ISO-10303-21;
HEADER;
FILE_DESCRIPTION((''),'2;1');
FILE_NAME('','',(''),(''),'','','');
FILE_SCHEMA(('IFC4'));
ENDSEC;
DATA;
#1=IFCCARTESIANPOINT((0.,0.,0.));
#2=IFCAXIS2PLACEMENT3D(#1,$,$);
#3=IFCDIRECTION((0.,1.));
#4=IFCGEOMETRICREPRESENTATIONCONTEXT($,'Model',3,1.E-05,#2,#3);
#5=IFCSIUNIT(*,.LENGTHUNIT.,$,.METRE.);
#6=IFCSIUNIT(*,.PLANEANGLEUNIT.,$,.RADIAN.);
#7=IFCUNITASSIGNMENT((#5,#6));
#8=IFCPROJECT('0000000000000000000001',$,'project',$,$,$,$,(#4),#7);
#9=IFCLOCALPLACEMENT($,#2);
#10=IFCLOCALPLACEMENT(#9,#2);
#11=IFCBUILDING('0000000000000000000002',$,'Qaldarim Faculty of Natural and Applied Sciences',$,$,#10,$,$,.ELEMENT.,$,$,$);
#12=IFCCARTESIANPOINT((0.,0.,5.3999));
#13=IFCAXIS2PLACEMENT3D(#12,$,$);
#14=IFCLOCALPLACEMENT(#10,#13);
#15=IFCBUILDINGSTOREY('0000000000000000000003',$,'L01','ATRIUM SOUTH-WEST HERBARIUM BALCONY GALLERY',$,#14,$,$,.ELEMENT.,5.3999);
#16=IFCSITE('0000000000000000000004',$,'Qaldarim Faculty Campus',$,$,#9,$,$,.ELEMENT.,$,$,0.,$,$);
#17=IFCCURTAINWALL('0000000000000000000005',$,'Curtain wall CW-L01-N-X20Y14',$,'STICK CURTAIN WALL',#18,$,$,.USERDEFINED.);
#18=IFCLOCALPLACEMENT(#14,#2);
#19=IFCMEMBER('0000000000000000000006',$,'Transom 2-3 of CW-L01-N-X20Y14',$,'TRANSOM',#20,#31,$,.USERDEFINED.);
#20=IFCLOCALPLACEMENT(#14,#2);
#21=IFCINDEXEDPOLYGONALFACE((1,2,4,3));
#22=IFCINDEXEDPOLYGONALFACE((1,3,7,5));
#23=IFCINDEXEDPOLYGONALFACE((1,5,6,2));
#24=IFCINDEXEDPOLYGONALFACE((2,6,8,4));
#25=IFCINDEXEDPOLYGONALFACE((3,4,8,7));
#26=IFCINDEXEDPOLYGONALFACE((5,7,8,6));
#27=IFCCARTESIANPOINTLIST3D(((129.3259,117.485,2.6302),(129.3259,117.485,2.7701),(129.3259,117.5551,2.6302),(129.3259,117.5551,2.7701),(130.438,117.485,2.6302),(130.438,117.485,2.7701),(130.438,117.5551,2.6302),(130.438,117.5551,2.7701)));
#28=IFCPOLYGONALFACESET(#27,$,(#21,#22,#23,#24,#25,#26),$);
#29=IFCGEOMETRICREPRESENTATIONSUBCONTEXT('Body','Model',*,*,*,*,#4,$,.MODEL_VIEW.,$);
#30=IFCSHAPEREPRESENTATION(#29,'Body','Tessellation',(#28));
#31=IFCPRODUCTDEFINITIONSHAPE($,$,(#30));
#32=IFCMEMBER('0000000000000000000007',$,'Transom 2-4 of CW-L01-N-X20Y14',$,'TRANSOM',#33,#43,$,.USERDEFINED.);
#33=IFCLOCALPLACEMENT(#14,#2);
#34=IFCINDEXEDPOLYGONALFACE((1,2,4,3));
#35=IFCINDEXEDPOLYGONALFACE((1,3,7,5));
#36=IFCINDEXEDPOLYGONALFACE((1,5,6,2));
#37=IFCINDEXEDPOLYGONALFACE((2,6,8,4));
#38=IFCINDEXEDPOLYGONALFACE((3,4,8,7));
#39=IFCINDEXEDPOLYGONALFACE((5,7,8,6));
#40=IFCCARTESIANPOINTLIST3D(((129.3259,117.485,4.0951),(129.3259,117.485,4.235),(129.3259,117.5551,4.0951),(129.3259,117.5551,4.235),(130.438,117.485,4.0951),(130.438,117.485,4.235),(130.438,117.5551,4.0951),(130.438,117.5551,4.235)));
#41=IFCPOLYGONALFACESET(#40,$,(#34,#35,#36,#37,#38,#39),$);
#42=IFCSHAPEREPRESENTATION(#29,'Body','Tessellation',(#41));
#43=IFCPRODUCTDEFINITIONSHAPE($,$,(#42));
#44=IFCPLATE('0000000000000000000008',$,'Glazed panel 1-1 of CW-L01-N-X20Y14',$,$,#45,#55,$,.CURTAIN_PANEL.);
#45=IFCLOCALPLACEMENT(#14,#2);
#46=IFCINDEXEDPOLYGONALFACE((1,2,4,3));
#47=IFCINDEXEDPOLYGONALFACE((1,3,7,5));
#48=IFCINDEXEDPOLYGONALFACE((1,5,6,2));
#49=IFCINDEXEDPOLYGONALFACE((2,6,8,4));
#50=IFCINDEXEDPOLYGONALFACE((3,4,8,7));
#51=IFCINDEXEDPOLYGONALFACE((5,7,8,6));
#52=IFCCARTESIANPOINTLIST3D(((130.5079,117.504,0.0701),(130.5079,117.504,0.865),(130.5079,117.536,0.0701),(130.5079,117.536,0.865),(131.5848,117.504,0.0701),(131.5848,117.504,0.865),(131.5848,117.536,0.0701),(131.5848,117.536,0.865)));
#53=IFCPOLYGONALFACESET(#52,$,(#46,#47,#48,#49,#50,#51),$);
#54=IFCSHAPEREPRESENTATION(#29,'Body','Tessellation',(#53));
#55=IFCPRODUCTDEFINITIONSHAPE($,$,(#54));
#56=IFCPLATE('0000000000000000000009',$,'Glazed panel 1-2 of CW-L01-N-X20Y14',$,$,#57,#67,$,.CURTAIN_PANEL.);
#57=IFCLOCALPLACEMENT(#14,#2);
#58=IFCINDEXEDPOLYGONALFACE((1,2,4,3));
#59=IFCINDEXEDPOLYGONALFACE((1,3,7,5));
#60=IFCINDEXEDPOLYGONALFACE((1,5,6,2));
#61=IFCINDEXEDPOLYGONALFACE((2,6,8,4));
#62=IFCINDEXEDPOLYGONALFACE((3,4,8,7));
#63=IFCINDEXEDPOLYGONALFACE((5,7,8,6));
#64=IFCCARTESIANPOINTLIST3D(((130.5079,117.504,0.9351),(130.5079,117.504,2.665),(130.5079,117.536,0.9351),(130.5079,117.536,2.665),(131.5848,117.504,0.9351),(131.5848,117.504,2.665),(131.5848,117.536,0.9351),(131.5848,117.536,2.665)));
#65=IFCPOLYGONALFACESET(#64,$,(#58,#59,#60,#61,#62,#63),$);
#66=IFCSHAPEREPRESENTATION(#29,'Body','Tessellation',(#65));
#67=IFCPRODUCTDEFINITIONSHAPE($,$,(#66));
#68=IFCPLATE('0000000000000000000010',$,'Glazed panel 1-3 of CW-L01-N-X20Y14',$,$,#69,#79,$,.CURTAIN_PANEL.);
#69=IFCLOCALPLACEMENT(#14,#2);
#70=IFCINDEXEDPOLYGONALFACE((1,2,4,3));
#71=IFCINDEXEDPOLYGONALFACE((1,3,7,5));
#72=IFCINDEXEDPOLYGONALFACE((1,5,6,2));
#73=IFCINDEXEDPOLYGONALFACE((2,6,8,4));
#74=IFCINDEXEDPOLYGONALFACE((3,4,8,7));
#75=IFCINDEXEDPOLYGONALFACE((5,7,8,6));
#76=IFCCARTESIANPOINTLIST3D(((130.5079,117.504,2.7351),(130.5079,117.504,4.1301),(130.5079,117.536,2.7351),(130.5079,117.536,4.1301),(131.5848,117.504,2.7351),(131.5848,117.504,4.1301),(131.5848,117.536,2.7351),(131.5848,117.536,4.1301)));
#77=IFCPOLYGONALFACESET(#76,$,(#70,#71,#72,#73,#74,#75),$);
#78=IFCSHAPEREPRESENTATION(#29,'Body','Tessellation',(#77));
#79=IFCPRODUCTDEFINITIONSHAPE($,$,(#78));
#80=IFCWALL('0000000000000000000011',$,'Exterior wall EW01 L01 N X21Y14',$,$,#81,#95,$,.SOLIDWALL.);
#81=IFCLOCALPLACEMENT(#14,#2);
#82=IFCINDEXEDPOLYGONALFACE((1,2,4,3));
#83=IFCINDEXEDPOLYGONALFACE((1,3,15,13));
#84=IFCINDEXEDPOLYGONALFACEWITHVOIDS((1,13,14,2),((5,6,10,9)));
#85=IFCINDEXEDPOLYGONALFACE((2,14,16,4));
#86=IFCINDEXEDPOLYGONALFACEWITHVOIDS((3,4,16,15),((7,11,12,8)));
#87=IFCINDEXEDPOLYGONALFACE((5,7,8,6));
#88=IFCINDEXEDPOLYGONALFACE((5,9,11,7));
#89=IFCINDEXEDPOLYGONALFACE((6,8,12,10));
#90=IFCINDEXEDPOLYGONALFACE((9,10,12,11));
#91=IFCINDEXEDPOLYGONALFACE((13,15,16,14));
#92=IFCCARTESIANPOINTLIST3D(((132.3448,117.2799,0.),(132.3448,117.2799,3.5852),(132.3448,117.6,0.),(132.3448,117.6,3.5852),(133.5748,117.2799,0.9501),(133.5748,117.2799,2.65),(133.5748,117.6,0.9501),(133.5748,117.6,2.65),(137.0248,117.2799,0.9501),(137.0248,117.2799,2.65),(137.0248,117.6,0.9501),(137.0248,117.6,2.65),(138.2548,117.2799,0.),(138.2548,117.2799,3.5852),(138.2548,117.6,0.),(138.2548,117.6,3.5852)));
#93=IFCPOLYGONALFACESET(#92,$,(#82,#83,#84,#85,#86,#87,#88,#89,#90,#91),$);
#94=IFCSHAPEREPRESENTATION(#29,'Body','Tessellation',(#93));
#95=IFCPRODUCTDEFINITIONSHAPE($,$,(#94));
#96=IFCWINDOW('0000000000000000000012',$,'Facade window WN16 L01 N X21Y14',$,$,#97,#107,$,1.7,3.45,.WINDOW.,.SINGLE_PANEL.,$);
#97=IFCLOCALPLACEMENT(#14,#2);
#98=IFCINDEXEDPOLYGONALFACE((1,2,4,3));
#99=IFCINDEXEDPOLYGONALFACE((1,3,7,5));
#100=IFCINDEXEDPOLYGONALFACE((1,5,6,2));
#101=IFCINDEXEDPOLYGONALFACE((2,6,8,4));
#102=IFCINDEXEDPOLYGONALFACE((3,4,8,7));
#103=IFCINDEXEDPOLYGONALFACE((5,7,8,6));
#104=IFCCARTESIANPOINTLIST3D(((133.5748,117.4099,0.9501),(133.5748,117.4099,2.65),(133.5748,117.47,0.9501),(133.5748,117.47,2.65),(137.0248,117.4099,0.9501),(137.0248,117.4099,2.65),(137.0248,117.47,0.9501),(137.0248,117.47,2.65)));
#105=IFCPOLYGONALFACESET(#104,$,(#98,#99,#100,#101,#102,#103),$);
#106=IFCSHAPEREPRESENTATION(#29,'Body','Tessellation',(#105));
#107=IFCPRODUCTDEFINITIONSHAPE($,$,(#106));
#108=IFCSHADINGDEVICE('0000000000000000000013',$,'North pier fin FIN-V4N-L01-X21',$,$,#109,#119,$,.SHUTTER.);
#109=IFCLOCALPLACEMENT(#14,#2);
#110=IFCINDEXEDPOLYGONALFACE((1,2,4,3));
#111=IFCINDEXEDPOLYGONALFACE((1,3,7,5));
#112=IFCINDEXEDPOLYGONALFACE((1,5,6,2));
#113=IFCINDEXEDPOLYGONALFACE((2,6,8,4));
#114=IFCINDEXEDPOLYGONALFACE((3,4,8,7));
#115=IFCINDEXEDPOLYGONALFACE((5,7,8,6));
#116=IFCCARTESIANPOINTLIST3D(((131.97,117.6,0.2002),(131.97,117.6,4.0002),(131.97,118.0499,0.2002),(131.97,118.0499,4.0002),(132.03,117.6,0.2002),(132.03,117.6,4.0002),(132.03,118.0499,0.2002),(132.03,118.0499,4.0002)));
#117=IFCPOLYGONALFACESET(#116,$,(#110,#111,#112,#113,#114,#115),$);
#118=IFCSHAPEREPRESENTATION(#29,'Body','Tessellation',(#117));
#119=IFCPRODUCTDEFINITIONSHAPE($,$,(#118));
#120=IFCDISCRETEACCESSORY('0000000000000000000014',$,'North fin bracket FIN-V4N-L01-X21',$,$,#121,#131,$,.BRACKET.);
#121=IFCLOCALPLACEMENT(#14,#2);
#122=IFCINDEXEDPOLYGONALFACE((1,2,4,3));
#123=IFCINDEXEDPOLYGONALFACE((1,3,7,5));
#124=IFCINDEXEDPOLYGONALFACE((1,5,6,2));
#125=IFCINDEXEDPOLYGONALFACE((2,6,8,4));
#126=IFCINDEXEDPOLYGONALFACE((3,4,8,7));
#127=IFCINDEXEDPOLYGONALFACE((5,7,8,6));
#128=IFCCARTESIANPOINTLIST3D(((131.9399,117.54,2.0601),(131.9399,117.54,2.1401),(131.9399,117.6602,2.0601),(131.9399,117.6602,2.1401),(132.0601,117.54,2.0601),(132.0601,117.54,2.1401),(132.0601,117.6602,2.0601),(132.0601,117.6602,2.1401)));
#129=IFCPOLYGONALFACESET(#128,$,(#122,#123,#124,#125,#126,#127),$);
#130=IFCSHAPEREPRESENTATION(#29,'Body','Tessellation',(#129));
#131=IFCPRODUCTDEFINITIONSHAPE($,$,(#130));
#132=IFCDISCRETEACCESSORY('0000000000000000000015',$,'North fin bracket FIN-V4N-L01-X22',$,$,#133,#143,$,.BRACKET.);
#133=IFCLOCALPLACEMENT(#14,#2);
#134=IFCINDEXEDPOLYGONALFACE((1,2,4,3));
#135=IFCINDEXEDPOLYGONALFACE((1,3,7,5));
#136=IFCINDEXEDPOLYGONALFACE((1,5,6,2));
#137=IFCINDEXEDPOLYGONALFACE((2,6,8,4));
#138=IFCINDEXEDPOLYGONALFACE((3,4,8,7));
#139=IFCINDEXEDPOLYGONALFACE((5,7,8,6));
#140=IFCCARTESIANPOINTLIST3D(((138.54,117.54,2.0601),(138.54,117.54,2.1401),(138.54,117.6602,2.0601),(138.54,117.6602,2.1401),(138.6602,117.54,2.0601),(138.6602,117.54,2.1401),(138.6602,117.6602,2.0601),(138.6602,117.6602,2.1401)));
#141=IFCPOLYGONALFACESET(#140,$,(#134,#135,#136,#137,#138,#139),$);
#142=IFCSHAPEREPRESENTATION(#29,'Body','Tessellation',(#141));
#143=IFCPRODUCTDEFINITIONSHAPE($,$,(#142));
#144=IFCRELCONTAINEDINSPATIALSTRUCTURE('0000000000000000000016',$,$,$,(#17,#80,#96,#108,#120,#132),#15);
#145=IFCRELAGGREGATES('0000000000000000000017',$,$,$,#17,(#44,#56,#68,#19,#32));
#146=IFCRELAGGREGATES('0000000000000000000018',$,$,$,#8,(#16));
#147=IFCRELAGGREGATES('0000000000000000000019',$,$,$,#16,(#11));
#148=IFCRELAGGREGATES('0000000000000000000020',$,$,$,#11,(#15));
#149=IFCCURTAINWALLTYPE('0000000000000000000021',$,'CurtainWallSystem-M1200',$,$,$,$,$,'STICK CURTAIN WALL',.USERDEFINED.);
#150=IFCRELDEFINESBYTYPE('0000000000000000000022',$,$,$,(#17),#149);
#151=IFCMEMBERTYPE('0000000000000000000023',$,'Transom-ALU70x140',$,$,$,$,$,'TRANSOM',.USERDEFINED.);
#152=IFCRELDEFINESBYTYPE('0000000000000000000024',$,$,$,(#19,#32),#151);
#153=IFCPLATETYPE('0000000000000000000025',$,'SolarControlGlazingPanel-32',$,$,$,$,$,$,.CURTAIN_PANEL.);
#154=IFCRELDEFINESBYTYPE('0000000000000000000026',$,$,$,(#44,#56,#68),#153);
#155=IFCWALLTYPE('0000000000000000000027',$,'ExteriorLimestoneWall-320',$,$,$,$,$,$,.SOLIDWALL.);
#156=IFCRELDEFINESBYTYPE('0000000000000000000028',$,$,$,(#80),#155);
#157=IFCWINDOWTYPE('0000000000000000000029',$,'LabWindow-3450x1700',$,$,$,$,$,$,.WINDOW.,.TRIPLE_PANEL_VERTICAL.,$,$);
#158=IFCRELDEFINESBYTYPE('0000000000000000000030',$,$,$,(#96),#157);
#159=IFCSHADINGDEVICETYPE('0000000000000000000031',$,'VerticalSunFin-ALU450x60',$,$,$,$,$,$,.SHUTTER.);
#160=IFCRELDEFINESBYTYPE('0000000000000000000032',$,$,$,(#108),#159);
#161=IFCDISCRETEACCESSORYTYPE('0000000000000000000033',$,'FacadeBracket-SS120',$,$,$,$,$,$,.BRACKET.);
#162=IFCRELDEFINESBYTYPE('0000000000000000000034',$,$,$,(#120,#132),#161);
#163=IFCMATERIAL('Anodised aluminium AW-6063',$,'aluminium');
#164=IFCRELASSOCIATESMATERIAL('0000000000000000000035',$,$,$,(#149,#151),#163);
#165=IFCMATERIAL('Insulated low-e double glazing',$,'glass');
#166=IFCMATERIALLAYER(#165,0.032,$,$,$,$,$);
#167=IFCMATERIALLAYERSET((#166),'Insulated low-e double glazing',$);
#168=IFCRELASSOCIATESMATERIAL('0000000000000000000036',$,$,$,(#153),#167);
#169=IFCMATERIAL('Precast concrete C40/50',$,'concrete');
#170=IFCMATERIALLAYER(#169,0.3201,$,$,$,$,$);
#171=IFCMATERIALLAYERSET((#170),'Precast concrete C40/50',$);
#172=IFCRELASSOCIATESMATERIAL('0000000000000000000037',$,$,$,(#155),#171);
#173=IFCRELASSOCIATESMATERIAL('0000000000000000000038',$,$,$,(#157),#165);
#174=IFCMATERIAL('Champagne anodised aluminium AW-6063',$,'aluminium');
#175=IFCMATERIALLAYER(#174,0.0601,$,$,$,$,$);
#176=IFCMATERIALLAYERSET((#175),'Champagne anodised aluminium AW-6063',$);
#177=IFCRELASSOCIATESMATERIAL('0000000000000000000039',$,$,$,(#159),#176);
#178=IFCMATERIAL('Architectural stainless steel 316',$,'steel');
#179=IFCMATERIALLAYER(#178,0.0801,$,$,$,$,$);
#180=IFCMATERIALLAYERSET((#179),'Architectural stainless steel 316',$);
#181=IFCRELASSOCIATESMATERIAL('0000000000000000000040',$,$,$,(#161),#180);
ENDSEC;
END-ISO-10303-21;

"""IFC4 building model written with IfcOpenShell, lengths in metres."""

from ifc_helpers import new_model, si_unit, direction, frame, frame_2d, origin, origin_2d, place, context, subcontext, project, spatial, rectangle, extrude, material, layer, layer_set, material_profile, profile_set, type_object, element, fill, aggregate, save


model = new_model("IFC4")

# Units and contexts
model_context = context("Model", 3, precision=1e-05, world=origin(), true_north=direction((0.0, 1.0)))
body_context = subcontext(model_context, "Body", "Model", "MODEL_VIEW")
ifc_project = project(units=[si_unit("LENGTHUNIT", "METRE"), si_unit("PLANEANGLEUNIT", "RADIAN")], contexts=[model_context])

# Site, building, storey
site_placement = place(None, origin())
site = spatial("IfcSite", under=ifc_project, at=site_placement, Name="Qaldarim Faculty Campus", CompositionType="ELEMENT", RefElevation=0.0)
building_placement = place(site_placement, origin())
building = spatial("IfcBuilding", under=site, at=building_placement, Name="Qaldarim Faculty of Natural and Applied Sciences", CompositionType="ELEMENT")
storey_placement = place(building_placement, frame((0.0, 0.0, 5.3999)))
storey = spatial("IfcBuildingStorey", under=building, at=storey_placement, Name="L01", Description="ATRIUM SOUTH-WEST HERBARIUM BALCONY GALLERY", CompositionType="ELEMENT", Elevation=5.3999)

# Curtain wall
ifc_material_1 = material(Name="Anodised aluminium AW-6063", Category="aluminium")
curtain_wall_type = type_object("IfcCurtainWallType", Name="CurtainWallSystem-M1200", ElementType="STICK CURTAIN WALL", PredefinedType="USERDEFINED", material=ifc_material_1)
curtain_wall_placement = place(storey_placement, origin())
curtain_wall = element("IfcCurtainWall", 1, at=curtain_wall_placement, inside=storey, type_object=curtain_wall_type, Name="Curtain wall CW-L01-N-X20Y14", ObjectType="STICK CURTAIN WALL", PredefinedType="USERDEFINED")

# Members
ifc_material_profile_1 = material_profile(ifc_material_1, rectangle(XDim=0.0701, YDim=0.1399, at=origin_2d()), Name="ALU-T70x140")
ifc_profile_set_1 = profile_set([ifc_material_profile_1], Name="Anodised aluminium AW-6063")
member_type_1 = type_object("IfcMemberType", Name="Transom-ALU70x140", ElementType="TRANSOM", PredefinedType="USERDEFINED", material=ifc_profile_set_1)
member_1_placement = place(storey_placement, frame((130.438, 117.52, 2.7002), z_axis=(-1.0, 0.0, 0.0), x_axis=(0.0, -1.0, 0.0)))
member_1 = element("IfcMember", 2, at=member_1_placement, type_object=member_type_1, Name="Transom 2-3 of CW-L01-N-X20Y14", ObjectType="TRANSOM", PredefinedType="USERDEFINED", context=body_context, shape_type="SweptSolid", body=[
    extrude(rectangle(XDim=0.0701, YDim=0.1399, at=origin_2d()), origin(), (0.0, 0.0, 1.0), 1.1121),
])
member_2_placement = place(storey_placement, frame((130.438, 117.52, 4.165), z_axis=(-1.0, 0.0, 0.0), x_axis=(0.0, -1.0, 0.0)))
member_2 = element("IfcMember", 3, at=member_2_placement, type_object=member_type_1, Name="Transom 2-4 of CW-L01-N-X20Y14", ObjectType="TRANSOM", PredefinedType="USERDEFINED", context=body_context, shape_type="SweptSolid", body=[
    extrude(rectangle(XDim=0.0701, YDim=0.1399, at=origin_2d()), origin(), (0.0, 0.0, 1.0), 1.1121),
])

# Plates
ifc_material_2 = material(Name="Insulated low-e double glazing", Category="glass")
ifc_layer_1 = layer(ifc_material_2, 0.032)
ifc_layer_set_1 = layer_set([ifc_layer_1], Name="Insulated low-e double glazing")
plate_type = type_object("IfcPlateType", Name="SolarControlGlazingPanel-32", PredefinedType="CURTAIN_PANEL", material=ifc_layer_set_1)
plate_1_placement = place(storey_placement, frame((131.0464, 117.52, 0.0701), z_axis=(0.0, 0.0, 1.0), x_axis=(-1.0, 0.0, 0.0)))
plate_1 = element("IfcPlate", 4, at=plate_1_placement, type_object=plate_type, Name="Glazed panel 1-1 of CW-L01-N-X20Y14", PredefinedType="CURTAIN_PANEL", context=body_context, shape_type="SweptSolid", body=[
    extrude(rectangle(XDim=1.0769, YDim=0.032, at=origin_2d()), origin(), (0.0, 0.0, 1.0), 0.7949),
])
plate_2_placement = place(storey_placement, frame((131.0464, 117.52, 0.9351), z_axis=(0.0, 0.0, 1.0), x_axis=(-1.0, 0.0, 0.0)))
plate_2 = element("IfcPlate", 5, at=plate_2_placement, type_object=plate_type, Name="Glazed panel 1-2 of CW-L01-N-X20Y14", PredefinedType="CURTAIN_PANEL", context=body_context, shape_type="SweptSolid", body=[
    extrude(rectangle(XDim=1.0769, YDim=0.032, at=origin_2d()), origin(), (0.0, 0.0, 1.0), 1.73),
])
plate_3_placement = place(storey_placement, frame((131.0464, 117.52, 2.7351), z_axis=(0.0, 0.0, 1.0), x_axis=(-1.0, 0.0, 0.0)))
plate_3 = element("IfcPlate", 6, at=plate_3_placement, type_object=plate_type, Name="Glazed panel 1-3 of CW-L01-N-X20Y14", PredefinedType="CURTAIN_PANEL", context=body_context, shape_type="SweptSolid", body=[
    extrude(rectangle(XDim=1.0769, YDim=0.032, at=origin_2d()), origin(), (0.0, 0.0, 1.0), 1.395),
])
aggregate(curtain_wall, [plate_1, plate_2, plate_3, member_1, member_2])

# Wall, opening, window
ifc_material_3 = material(Name="Precast concrete C40/50", Category="concrete")
ifc_layer_2 = layer(ifc_material_3, 0.3201)
ifc_layer_set_2 = layer_set([ifc_layer_2], Name="Precast concrete C40/50")
wall_type = type_object("IfcWallType", Name="ExteriorLimestoneWall-320", PredefinedType="SOLIDWALL", material=ifc_layer_set_2)
wall_placement = place(storey_placement, frame((138.2549, 117.4399, 0.0), z_axis=(0.0, 0.0, 1.0), x_axis=(-1.0, 0.0, 0.0)))
wall = element("IfcWall", 7, at=wall_placement, inside=storey, type_object=wall_type, Name="Exterior wall EW01 L01 N X21Y14", PredefinedType="SOLIDWALL", context=body_context, shape_type="SweptSolid", body=[
    extrude(rectangle(XDim=5.9099, YDim=0.3201, at=frame_2d((2.9551, 0.0))), origin(), (0.0, 0.0, 1.0), 3.5852),
])
opening_placement = place(wall_placement, frame((1.23, 0.0, 0.95)))
opening = element("IfcOpeningElement", 8, at=opening_placement, cuts=wall, PredefinedType="OPENING", context=body_context, shape_type="SweptSolid", body=[
    extrude(rectangle(XDim=3.45, YDim=1.7, at=frame_2d((1.7251, 0.8501))), frame((0.0, 0.1699, 0.0), z_axis=(0.0, -1.0, 0.0), x_axis=(1.0, 0.0, 0.0)), (0.0, 0.0, 1.0), 0.3401),
])
window_type = type_object("IfcWindowType", Name="LabWindow-3450x1700", PartitioningType="TRIPLE_PANEL_VERTICAL", PredefinedType="WINDOW", material=ifc_material_2)
window_placement = place(opening_placement, origin())
window = element("IfcWindow", 9, at=window_placement, inside=storey, type_object=window_type, Name="Facade window WN16 L01 N X21Y14", OverallHeight=1.7, OverallWidth=3.45, PartitioningType="SINGLE_PANEL", PredefinedType="WINDOW", context=body_context, shape_type="SweptSolid", body=[
    extrude(rectangle(XDim=3.45, YDim=1.7, at=frame_2d((1.7251, 0.8501))), frame((0.0, 0.03, 0.0), z_axis=(0.0, -1.0, 0.0), x_axis=(1.0, 0.0, 0.0)), (0.0, 0.0, 1.0), 0.0601),
])
fill(opening, window)

# Shading device
ifc_material_4 = material(Name="Champagne anodised aluminium AW-6063", Category="aluminium")
ifc_layer_3 = layer(ifc_material_4, 0.0601)
ifc_layer_set_3 = layer_set([ifc_layer_3], Name="Champagne anodised aluminium AW-6063")
shading_device_type = type_object("IfcShadingDeviceType", Name="VerticalSunFin-ALU450x60", PredefinedType="SHUTTER", material=ifc_layer_set_3)
shading_device_placement = place(storey_placement, frame((132.0, 117.825, 0.2002), z_axis=(0.0, 0.0, 1.0), x_axis=(1.0, 0.0, 0.0)))
element("IfcShadingDevice", 10, at=shading_device_placement, inside=storey, type_object=shading_device_type, Name="North pier fin FIN-V4N-L01-X21", PredefinedType="SHUTTER", context=body_context, shape_type="SweptSolid", body=[
    extrude(rectangle(XDim=0.0601, YDim=0.45, at=origin_2d()), origin(), (0.0, 0.0, 1.0), 3.8),
])

# Discrete accessories
ifc_material_5 = material(Name="Architectural stainless steel 316", Category="steel")
ifc_layer_4 = layer(ifc_material_5, 0.0801)
ifc_layer_set_4 = layer_set([ifc_layer_4], Name="Architectural stainless steel 316")
discrete_accessory_type = type_object("IfcDiscreteAccessoryType", Name="FacadeBracket-SS120", PredefinedType="BRACKET", material=ifc_layer_set_4)
for number, where, z_axis, x_axis, name in (
    (11, (132.0, 117.6001, 2.0601), (0.0, 0.0, 1.0), (1.0, 0.0, 0.0), "North fin bracket FIN-V4N-L01-X21"),
    (12, (138.6001, 117.6001, 2.0601), (0.0, 0.0, 1.0), (1.0, 0.0, 0.0), "North fin bracket FIN-V4N-L01-X22"),
):
    element("IfcDiscreteAccessory", number, at=place(storey_placement, frame(where, z_axis=z_axis, x_axis=x_axis)), inside=storey, type_object=discrete_accessory_type, Name=name, PredefinedType="BRACKET", context=body_context, shape_type="SweptSolid", body=[
        extrude(rectangle(XDim=0.1201, YDim=0.1201, at=origin_2d()), origin(), (0.0, 0.0, 1.0), 0.0801),
    ])

save(model, "model.ifc")
